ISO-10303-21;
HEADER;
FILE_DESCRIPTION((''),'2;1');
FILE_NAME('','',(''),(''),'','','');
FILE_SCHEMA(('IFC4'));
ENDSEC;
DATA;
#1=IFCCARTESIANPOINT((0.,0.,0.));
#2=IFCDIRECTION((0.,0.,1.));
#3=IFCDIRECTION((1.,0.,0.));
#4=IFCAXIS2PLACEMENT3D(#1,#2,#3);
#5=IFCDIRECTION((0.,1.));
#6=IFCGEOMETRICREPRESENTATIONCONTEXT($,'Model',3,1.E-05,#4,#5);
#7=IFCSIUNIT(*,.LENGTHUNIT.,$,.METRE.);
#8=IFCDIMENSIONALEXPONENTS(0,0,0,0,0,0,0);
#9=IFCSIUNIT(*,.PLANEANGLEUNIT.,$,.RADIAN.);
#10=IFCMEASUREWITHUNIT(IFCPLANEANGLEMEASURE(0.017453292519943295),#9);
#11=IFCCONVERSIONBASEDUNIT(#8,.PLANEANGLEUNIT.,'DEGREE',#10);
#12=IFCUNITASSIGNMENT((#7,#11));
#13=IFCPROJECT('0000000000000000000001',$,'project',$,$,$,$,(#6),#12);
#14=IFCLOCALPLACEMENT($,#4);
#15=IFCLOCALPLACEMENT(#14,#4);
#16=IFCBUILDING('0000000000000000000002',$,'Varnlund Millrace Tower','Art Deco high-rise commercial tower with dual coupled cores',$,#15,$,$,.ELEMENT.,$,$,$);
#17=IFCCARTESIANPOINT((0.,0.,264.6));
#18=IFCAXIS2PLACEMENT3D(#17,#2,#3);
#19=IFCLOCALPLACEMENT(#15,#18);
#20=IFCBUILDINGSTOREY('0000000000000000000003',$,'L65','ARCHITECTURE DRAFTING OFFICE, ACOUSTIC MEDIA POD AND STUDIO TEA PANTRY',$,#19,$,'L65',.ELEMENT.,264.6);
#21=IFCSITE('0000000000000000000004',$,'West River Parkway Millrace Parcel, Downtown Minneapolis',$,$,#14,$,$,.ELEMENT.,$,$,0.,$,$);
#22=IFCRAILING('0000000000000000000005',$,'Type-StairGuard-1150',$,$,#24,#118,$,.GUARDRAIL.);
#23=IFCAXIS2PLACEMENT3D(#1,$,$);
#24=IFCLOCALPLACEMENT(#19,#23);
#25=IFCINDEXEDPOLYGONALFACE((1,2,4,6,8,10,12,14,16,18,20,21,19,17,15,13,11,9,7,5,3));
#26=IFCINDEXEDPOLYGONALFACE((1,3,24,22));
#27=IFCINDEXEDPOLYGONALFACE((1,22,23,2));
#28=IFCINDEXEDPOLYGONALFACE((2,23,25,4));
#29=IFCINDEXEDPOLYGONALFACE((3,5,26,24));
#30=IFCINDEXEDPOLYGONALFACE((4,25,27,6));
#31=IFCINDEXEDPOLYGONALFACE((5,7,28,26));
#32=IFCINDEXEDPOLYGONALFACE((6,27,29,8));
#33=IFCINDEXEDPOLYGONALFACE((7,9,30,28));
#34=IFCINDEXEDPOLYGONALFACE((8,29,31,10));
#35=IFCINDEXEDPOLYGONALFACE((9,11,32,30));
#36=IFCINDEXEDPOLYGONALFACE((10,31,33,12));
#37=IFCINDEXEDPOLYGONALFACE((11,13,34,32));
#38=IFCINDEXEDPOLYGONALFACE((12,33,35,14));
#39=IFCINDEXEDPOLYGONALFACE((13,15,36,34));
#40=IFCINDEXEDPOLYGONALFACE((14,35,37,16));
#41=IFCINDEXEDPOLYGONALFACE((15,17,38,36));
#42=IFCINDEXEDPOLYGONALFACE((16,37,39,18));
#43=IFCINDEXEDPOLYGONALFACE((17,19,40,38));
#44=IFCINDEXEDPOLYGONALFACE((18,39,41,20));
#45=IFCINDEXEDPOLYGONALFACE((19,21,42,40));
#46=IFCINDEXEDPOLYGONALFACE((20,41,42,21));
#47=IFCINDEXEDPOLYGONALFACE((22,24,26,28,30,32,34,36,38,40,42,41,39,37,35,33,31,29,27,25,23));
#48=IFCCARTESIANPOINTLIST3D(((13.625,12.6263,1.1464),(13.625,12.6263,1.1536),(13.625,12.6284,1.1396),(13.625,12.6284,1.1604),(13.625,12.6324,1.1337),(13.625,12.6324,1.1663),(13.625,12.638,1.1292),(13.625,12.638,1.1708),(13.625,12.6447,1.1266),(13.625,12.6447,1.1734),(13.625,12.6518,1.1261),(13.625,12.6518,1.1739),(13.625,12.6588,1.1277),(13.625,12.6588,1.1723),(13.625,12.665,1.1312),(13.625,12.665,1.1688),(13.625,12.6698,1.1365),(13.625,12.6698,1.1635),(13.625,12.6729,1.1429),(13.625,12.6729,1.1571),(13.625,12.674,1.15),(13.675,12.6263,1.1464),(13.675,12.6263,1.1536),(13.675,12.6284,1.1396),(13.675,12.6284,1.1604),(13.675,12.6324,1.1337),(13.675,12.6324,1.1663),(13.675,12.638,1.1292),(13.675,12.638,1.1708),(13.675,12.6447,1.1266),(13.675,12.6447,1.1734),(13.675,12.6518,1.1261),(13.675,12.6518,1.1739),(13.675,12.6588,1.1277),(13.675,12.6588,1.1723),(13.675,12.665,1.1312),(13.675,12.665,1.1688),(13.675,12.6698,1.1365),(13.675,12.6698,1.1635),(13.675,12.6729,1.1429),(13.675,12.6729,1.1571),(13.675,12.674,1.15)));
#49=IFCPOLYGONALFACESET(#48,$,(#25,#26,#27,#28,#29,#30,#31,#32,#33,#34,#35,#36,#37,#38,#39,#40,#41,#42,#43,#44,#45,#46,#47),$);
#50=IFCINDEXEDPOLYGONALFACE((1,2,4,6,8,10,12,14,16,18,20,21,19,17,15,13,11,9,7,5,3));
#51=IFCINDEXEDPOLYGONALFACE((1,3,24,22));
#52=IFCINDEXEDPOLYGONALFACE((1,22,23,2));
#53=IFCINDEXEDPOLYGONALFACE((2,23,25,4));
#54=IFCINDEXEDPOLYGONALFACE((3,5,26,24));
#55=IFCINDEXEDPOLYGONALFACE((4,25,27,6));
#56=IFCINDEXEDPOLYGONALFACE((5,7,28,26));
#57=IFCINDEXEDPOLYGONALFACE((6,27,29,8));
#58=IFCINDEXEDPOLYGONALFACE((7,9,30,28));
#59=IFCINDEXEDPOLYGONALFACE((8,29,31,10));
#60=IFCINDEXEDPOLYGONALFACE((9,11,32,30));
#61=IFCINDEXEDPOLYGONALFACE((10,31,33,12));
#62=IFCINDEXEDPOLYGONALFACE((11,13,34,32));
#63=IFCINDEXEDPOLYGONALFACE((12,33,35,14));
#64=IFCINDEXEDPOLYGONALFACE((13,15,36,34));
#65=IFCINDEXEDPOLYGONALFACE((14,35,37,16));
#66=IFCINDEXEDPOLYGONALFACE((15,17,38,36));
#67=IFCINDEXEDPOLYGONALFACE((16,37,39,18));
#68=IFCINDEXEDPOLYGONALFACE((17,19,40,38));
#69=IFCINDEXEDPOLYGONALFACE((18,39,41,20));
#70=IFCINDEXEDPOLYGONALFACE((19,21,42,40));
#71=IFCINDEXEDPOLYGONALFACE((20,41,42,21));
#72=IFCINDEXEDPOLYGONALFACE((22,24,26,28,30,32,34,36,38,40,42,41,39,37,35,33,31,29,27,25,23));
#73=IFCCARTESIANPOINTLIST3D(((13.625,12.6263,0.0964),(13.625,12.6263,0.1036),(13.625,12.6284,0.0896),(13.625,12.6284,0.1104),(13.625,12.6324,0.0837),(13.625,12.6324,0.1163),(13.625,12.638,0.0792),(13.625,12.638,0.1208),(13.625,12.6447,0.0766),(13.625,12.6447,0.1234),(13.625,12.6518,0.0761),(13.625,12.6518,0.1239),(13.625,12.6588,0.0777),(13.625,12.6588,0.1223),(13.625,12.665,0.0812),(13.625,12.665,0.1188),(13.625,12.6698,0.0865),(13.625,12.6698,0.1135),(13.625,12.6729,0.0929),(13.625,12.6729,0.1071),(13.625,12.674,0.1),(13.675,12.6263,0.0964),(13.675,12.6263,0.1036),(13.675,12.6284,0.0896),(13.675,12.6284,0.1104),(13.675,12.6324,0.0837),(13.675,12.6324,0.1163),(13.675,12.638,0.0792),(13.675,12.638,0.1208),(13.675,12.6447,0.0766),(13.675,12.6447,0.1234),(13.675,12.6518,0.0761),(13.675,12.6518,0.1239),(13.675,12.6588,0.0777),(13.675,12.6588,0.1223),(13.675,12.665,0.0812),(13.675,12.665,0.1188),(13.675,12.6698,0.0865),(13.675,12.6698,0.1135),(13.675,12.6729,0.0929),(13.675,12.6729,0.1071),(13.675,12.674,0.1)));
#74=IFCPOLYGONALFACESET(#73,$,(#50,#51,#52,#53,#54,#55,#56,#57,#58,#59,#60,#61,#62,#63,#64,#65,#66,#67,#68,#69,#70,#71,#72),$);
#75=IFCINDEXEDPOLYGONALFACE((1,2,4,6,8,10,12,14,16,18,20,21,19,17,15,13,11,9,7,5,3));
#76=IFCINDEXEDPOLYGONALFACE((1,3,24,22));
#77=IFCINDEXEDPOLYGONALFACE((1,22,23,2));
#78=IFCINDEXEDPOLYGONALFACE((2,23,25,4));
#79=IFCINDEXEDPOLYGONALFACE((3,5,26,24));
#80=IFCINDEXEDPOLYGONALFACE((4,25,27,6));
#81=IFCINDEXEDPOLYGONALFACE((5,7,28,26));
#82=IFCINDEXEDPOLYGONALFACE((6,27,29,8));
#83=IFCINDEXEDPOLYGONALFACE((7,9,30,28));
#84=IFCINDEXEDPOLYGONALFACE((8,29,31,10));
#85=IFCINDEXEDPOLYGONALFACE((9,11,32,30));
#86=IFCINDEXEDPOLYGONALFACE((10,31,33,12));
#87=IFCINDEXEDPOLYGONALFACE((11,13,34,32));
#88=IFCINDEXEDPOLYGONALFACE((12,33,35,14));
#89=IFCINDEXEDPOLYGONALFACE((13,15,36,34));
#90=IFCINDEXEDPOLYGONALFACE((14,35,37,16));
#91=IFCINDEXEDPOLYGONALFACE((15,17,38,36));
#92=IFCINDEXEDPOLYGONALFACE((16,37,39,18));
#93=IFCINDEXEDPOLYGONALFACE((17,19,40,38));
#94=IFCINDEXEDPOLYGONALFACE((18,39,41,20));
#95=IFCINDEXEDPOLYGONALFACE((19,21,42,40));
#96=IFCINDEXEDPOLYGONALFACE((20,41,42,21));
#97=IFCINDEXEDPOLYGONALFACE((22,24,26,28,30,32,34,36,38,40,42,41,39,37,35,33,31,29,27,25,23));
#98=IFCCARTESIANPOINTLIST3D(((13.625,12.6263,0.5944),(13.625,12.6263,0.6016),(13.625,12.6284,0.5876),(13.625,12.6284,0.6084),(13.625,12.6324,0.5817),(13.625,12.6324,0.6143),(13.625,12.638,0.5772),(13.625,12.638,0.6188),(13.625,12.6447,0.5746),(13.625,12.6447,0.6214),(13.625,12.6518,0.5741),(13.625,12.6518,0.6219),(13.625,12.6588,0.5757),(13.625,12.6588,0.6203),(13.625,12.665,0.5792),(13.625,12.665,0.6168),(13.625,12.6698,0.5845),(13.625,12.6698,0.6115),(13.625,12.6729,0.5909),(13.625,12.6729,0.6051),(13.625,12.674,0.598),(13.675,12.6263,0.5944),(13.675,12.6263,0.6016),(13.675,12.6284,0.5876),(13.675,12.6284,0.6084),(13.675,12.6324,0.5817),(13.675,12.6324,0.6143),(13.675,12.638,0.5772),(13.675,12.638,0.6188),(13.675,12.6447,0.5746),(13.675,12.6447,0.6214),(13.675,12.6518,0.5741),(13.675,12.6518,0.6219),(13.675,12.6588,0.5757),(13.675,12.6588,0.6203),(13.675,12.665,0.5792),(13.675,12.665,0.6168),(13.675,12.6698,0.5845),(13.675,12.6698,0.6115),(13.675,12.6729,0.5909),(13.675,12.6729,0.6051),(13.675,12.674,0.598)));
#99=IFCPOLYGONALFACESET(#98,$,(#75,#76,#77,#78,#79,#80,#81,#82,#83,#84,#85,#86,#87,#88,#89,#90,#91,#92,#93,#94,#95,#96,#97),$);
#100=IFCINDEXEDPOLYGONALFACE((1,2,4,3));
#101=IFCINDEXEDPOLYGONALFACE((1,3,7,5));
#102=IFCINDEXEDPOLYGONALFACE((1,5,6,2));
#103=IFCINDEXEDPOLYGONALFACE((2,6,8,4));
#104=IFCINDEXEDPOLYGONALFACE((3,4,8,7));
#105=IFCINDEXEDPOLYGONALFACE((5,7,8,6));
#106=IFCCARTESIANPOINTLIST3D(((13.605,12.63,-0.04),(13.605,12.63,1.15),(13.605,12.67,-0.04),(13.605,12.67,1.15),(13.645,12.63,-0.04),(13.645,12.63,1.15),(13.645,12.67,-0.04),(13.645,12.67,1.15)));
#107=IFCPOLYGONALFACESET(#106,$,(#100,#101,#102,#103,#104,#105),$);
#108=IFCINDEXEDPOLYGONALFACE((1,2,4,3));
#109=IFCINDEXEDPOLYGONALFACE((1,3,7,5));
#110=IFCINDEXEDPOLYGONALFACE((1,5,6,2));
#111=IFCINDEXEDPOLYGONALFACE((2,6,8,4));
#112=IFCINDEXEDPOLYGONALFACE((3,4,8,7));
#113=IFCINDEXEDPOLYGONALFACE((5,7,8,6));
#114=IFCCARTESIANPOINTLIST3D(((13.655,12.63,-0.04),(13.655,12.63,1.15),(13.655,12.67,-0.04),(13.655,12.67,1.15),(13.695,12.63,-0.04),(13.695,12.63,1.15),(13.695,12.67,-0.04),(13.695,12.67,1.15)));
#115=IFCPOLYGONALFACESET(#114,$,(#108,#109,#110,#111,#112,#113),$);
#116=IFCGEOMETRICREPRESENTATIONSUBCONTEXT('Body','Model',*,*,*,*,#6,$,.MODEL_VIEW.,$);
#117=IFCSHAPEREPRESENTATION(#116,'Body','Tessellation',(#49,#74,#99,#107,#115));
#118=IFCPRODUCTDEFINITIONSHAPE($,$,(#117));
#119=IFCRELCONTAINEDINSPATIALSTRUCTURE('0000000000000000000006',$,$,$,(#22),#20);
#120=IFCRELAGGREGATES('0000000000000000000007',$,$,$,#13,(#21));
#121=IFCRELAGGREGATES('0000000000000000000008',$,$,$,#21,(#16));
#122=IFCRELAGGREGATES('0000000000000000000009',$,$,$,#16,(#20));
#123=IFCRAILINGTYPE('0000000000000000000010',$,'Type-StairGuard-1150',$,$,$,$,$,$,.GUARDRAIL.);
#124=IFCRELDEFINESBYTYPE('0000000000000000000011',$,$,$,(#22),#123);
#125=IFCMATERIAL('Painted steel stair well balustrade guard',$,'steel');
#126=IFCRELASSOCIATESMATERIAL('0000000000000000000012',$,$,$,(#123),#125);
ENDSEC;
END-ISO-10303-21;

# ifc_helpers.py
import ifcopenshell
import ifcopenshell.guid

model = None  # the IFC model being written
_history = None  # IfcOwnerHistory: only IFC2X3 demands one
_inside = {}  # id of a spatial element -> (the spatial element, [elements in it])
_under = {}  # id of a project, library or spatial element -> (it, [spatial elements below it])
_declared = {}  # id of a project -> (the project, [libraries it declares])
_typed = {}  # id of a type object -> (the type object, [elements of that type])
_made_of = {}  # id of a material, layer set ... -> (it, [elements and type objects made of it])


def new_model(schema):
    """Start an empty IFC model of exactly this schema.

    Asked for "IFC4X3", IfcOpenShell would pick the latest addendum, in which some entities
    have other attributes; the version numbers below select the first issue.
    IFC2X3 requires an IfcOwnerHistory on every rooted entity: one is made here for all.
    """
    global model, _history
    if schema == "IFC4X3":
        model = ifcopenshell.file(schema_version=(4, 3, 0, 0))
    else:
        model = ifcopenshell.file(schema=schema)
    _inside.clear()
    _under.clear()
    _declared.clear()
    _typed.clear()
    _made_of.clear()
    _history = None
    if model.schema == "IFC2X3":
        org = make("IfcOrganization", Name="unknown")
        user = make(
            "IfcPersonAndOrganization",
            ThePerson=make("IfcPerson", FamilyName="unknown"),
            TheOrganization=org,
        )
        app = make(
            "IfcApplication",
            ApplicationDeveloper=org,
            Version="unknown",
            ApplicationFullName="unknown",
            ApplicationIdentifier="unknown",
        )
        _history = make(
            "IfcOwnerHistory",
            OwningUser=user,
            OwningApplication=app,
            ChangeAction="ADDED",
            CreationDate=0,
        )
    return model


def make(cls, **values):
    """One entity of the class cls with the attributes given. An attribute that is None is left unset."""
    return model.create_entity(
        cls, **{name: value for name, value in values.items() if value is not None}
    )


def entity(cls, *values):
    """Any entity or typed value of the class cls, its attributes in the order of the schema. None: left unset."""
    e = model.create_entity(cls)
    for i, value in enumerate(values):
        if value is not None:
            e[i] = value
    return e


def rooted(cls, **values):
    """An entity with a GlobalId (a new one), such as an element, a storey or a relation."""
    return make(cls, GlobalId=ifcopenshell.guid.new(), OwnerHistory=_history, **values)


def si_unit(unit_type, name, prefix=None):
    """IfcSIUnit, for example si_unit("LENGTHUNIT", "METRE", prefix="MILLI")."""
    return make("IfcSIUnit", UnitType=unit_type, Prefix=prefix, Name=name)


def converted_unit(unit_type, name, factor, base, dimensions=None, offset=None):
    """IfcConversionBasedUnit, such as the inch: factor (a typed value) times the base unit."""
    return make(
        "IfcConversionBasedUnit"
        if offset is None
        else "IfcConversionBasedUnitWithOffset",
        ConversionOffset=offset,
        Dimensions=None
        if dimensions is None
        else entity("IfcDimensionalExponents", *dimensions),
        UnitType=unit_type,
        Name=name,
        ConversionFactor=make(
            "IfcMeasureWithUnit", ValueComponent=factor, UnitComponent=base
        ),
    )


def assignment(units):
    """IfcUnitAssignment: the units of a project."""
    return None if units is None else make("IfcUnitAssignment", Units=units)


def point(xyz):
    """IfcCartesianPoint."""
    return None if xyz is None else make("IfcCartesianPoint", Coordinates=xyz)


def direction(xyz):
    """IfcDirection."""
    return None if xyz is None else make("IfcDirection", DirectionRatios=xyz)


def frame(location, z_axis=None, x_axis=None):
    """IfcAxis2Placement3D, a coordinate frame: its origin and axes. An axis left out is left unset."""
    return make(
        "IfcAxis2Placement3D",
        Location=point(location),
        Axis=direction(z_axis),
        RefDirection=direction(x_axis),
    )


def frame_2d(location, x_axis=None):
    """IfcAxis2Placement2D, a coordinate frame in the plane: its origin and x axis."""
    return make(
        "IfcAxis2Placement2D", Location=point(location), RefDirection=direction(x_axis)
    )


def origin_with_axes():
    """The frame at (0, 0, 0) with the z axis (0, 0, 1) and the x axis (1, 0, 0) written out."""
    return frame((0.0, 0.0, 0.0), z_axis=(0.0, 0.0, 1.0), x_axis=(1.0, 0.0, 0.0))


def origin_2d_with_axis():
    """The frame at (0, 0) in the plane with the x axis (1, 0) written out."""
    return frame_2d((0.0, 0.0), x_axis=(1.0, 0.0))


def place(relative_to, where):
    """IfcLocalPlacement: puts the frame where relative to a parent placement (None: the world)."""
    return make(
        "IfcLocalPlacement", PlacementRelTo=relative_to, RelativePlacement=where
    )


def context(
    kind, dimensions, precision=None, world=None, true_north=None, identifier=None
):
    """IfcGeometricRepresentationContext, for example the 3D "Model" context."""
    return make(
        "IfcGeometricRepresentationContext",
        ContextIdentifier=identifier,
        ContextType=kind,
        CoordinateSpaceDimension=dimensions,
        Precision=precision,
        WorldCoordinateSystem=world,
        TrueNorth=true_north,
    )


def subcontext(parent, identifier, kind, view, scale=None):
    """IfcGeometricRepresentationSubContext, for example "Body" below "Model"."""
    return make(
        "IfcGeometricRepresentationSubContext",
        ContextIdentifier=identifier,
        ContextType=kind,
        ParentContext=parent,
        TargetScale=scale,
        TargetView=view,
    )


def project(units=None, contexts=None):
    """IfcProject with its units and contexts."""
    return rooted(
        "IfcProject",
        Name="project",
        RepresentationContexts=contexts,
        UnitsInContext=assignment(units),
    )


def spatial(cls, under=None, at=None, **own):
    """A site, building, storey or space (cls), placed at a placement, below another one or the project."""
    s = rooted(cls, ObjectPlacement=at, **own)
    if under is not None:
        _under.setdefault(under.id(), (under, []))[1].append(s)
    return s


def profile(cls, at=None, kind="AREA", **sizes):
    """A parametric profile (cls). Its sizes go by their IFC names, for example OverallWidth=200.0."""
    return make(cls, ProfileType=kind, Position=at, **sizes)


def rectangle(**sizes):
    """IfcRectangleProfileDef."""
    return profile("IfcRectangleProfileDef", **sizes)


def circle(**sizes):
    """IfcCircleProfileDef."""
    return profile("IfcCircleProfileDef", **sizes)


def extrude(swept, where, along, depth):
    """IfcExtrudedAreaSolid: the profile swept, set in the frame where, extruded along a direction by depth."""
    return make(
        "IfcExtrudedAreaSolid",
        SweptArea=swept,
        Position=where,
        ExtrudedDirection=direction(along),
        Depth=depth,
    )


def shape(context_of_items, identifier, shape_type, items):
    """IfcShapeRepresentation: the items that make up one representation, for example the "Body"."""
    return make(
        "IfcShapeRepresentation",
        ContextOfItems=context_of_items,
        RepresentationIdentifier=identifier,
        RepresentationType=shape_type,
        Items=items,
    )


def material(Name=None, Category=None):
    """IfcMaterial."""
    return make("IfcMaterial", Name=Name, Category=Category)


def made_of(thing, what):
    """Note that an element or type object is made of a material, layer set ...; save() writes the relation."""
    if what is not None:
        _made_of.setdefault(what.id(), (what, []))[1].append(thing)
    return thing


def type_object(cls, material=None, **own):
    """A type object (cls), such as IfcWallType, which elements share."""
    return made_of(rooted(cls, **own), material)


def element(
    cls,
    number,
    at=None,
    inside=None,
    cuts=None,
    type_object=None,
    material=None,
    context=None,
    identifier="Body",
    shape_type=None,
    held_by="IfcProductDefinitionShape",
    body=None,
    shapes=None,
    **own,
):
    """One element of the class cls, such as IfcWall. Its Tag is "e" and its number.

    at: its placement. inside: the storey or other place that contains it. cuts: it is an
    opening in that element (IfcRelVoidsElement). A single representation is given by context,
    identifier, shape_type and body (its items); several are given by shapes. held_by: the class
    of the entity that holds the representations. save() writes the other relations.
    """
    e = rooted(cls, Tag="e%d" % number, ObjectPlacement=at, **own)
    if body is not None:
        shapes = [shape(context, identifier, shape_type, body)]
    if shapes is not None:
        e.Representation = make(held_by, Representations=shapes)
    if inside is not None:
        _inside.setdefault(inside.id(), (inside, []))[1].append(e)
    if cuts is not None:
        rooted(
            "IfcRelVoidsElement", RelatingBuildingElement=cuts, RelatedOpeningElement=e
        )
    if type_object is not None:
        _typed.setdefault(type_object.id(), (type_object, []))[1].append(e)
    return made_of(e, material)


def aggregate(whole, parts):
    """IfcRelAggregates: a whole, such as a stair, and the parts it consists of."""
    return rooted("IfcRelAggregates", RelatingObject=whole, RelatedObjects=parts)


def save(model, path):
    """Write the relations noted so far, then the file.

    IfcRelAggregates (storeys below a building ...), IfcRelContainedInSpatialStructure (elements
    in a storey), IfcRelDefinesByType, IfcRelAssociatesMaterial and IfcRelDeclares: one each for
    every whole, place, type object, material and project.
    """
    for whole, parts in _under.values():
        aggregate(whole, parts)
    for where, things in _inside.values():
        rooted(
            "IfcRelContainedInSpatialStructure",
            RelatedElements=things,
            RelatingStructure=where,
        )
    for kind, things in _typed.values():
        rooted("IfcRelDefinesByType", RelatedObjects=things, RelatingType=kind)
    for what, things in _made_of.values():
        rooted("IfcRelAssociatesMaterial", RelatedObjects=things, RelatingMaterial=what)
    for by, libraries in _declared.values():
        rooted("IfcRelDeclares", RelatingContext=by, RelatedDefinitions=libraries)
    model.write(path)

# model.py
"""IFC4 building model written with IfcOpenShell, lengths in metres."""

from ifc_helpers import new_model, entity, si_unit, converted_unit, direction, frame, origin_with_axes, origin_2d_with_axis, place, context, subcontext, project, spatial, rectangle, circle, extrude, material, type_object, element, save


model = new_model("IFC4")

# Units and contexts
model_context = context("Model", 3, precision=1e-05, world=origin_with_axes(), true_north=direction((0.0, 1.0)))
body_context = subcontext(model_context, "Body", "Model", "MODEL_VIEW")
ifc_project = project(units=[si_unit("LENGTHUNIT", "METRE"), converted_unit("PLANEANGLEUNIT", "DEGREE", entity("IfcPlaneAngleMeasure", 0.017453292519943295), si_unit("PLANEANGLEUNIT", "RADIAN"), dimensions=[0, 0, 0, 0, 0, 0, 0])], contexts=[model_context])

# Site, building, storey
site_placement = place(None, origin_with_axes())
site = spatial("IfcSite", under=ifc_project, at=site_placement, Name="West River Parkway Millrace Parcel, Downtown Minneapolis", CompositionType="ELEMENT", RefElevation=0.0)
building_placement = place(site_placement, origin_with_axes())
building = spatial("IfcBuilding", under=site, at=building_placement, Name="Varnlund Millrace Tower", Description="Art Deco high-rise commercial tower with dual coupled cores", CompositionType="ELEMENT")
storey_placement = place(building_placement, frame((0.0, 0.0, 264.6), z_axis=(0.0, 0.0, 1.0), x_axis=(1.0, 0.0, 0.0)))
storey = spatial("IfcBuildingStorey", under=building, at=storey_placement, Name="L65", Description="ARCHITECTURE DRAFTING OFFICE, ACOUSTIC MEDIA POD AND STUDIO TEA PANTRY", LongName="L65", CompositionType="ELEMENT", Elevation=264.6)

# Railing
ifc_material_1 = material(Name="Painted steel stair well balustrade guard", Category="steel")
railing_type_1 = type_object("IfcRailingType", Name="Type-StairGuard-1150", PredefinedType="GUARDRAIL", material=ifc_material_1)
railing_1_placement = place(storey_placement, frame((0.0, 0.0, -264.6), z_axis=(0.0, 0.0, 1.0), x_axis=(1.0, 0.0, 0.0)))
element("IfcRailing", 1, at=railing_1_placement, inside=storey, type_object=railing_type_1, Name="Type-StairGuard-1150", PredefinedType="GUARDRAIL", context=body_context, shape_type="SweptSolid", body=[
    extrude(circle(Radius=0.024, at=origin_2d_with_axis()), frame((13.625, 12.65, 265.75), z_axis=(1.0, 0.0, 0.0), x_axis=(0.0, 1.0, 0.0)), (0.0, 0.0, 1.0), 0.05),
    extrude(circle(Radius=0.024, at=origin_2d_with_axis()), frame((13.625, 12.65, 264.7), z_axis=(1.0, 0.0, 0.0), x_axis=(0.0, 1.0, 0.0)), (0.0, 0.0, 1.0), 0.05),
    extrude(circle(Radius=0.024, at=origin_2d_with_axis()), frame((13.625, 12.65, 265.198), z_axis=(1.0, 0.0, 0.0), x_axis=(0.0, 1.0, 0.0)), (0.0, 0.0, 1.0), 0.05),
    extrude(rectangle(XDim=0.04, YDim=0.04, at=origin_2d_with_axis()), frame((13.625, 12.65, 264.56), z_axis=(0.0, 0.0, 1.0), x_axis=(1.0, 0.0, 0.0)), (0.0, 0.0, 1.0), 1.19),
    extrude(rectangle(XDim=0.04, YDim=0.04, at=origin_2d_with_axis()), frame((13.675, 12.65, 264.56), z_axis=(0.0, 0.0, 1.0), x_axis=(1.0, 0.0, 0.0)), (0.0, 0.0, 1.0), 1.19),
])

save(model, "model.ifc")
